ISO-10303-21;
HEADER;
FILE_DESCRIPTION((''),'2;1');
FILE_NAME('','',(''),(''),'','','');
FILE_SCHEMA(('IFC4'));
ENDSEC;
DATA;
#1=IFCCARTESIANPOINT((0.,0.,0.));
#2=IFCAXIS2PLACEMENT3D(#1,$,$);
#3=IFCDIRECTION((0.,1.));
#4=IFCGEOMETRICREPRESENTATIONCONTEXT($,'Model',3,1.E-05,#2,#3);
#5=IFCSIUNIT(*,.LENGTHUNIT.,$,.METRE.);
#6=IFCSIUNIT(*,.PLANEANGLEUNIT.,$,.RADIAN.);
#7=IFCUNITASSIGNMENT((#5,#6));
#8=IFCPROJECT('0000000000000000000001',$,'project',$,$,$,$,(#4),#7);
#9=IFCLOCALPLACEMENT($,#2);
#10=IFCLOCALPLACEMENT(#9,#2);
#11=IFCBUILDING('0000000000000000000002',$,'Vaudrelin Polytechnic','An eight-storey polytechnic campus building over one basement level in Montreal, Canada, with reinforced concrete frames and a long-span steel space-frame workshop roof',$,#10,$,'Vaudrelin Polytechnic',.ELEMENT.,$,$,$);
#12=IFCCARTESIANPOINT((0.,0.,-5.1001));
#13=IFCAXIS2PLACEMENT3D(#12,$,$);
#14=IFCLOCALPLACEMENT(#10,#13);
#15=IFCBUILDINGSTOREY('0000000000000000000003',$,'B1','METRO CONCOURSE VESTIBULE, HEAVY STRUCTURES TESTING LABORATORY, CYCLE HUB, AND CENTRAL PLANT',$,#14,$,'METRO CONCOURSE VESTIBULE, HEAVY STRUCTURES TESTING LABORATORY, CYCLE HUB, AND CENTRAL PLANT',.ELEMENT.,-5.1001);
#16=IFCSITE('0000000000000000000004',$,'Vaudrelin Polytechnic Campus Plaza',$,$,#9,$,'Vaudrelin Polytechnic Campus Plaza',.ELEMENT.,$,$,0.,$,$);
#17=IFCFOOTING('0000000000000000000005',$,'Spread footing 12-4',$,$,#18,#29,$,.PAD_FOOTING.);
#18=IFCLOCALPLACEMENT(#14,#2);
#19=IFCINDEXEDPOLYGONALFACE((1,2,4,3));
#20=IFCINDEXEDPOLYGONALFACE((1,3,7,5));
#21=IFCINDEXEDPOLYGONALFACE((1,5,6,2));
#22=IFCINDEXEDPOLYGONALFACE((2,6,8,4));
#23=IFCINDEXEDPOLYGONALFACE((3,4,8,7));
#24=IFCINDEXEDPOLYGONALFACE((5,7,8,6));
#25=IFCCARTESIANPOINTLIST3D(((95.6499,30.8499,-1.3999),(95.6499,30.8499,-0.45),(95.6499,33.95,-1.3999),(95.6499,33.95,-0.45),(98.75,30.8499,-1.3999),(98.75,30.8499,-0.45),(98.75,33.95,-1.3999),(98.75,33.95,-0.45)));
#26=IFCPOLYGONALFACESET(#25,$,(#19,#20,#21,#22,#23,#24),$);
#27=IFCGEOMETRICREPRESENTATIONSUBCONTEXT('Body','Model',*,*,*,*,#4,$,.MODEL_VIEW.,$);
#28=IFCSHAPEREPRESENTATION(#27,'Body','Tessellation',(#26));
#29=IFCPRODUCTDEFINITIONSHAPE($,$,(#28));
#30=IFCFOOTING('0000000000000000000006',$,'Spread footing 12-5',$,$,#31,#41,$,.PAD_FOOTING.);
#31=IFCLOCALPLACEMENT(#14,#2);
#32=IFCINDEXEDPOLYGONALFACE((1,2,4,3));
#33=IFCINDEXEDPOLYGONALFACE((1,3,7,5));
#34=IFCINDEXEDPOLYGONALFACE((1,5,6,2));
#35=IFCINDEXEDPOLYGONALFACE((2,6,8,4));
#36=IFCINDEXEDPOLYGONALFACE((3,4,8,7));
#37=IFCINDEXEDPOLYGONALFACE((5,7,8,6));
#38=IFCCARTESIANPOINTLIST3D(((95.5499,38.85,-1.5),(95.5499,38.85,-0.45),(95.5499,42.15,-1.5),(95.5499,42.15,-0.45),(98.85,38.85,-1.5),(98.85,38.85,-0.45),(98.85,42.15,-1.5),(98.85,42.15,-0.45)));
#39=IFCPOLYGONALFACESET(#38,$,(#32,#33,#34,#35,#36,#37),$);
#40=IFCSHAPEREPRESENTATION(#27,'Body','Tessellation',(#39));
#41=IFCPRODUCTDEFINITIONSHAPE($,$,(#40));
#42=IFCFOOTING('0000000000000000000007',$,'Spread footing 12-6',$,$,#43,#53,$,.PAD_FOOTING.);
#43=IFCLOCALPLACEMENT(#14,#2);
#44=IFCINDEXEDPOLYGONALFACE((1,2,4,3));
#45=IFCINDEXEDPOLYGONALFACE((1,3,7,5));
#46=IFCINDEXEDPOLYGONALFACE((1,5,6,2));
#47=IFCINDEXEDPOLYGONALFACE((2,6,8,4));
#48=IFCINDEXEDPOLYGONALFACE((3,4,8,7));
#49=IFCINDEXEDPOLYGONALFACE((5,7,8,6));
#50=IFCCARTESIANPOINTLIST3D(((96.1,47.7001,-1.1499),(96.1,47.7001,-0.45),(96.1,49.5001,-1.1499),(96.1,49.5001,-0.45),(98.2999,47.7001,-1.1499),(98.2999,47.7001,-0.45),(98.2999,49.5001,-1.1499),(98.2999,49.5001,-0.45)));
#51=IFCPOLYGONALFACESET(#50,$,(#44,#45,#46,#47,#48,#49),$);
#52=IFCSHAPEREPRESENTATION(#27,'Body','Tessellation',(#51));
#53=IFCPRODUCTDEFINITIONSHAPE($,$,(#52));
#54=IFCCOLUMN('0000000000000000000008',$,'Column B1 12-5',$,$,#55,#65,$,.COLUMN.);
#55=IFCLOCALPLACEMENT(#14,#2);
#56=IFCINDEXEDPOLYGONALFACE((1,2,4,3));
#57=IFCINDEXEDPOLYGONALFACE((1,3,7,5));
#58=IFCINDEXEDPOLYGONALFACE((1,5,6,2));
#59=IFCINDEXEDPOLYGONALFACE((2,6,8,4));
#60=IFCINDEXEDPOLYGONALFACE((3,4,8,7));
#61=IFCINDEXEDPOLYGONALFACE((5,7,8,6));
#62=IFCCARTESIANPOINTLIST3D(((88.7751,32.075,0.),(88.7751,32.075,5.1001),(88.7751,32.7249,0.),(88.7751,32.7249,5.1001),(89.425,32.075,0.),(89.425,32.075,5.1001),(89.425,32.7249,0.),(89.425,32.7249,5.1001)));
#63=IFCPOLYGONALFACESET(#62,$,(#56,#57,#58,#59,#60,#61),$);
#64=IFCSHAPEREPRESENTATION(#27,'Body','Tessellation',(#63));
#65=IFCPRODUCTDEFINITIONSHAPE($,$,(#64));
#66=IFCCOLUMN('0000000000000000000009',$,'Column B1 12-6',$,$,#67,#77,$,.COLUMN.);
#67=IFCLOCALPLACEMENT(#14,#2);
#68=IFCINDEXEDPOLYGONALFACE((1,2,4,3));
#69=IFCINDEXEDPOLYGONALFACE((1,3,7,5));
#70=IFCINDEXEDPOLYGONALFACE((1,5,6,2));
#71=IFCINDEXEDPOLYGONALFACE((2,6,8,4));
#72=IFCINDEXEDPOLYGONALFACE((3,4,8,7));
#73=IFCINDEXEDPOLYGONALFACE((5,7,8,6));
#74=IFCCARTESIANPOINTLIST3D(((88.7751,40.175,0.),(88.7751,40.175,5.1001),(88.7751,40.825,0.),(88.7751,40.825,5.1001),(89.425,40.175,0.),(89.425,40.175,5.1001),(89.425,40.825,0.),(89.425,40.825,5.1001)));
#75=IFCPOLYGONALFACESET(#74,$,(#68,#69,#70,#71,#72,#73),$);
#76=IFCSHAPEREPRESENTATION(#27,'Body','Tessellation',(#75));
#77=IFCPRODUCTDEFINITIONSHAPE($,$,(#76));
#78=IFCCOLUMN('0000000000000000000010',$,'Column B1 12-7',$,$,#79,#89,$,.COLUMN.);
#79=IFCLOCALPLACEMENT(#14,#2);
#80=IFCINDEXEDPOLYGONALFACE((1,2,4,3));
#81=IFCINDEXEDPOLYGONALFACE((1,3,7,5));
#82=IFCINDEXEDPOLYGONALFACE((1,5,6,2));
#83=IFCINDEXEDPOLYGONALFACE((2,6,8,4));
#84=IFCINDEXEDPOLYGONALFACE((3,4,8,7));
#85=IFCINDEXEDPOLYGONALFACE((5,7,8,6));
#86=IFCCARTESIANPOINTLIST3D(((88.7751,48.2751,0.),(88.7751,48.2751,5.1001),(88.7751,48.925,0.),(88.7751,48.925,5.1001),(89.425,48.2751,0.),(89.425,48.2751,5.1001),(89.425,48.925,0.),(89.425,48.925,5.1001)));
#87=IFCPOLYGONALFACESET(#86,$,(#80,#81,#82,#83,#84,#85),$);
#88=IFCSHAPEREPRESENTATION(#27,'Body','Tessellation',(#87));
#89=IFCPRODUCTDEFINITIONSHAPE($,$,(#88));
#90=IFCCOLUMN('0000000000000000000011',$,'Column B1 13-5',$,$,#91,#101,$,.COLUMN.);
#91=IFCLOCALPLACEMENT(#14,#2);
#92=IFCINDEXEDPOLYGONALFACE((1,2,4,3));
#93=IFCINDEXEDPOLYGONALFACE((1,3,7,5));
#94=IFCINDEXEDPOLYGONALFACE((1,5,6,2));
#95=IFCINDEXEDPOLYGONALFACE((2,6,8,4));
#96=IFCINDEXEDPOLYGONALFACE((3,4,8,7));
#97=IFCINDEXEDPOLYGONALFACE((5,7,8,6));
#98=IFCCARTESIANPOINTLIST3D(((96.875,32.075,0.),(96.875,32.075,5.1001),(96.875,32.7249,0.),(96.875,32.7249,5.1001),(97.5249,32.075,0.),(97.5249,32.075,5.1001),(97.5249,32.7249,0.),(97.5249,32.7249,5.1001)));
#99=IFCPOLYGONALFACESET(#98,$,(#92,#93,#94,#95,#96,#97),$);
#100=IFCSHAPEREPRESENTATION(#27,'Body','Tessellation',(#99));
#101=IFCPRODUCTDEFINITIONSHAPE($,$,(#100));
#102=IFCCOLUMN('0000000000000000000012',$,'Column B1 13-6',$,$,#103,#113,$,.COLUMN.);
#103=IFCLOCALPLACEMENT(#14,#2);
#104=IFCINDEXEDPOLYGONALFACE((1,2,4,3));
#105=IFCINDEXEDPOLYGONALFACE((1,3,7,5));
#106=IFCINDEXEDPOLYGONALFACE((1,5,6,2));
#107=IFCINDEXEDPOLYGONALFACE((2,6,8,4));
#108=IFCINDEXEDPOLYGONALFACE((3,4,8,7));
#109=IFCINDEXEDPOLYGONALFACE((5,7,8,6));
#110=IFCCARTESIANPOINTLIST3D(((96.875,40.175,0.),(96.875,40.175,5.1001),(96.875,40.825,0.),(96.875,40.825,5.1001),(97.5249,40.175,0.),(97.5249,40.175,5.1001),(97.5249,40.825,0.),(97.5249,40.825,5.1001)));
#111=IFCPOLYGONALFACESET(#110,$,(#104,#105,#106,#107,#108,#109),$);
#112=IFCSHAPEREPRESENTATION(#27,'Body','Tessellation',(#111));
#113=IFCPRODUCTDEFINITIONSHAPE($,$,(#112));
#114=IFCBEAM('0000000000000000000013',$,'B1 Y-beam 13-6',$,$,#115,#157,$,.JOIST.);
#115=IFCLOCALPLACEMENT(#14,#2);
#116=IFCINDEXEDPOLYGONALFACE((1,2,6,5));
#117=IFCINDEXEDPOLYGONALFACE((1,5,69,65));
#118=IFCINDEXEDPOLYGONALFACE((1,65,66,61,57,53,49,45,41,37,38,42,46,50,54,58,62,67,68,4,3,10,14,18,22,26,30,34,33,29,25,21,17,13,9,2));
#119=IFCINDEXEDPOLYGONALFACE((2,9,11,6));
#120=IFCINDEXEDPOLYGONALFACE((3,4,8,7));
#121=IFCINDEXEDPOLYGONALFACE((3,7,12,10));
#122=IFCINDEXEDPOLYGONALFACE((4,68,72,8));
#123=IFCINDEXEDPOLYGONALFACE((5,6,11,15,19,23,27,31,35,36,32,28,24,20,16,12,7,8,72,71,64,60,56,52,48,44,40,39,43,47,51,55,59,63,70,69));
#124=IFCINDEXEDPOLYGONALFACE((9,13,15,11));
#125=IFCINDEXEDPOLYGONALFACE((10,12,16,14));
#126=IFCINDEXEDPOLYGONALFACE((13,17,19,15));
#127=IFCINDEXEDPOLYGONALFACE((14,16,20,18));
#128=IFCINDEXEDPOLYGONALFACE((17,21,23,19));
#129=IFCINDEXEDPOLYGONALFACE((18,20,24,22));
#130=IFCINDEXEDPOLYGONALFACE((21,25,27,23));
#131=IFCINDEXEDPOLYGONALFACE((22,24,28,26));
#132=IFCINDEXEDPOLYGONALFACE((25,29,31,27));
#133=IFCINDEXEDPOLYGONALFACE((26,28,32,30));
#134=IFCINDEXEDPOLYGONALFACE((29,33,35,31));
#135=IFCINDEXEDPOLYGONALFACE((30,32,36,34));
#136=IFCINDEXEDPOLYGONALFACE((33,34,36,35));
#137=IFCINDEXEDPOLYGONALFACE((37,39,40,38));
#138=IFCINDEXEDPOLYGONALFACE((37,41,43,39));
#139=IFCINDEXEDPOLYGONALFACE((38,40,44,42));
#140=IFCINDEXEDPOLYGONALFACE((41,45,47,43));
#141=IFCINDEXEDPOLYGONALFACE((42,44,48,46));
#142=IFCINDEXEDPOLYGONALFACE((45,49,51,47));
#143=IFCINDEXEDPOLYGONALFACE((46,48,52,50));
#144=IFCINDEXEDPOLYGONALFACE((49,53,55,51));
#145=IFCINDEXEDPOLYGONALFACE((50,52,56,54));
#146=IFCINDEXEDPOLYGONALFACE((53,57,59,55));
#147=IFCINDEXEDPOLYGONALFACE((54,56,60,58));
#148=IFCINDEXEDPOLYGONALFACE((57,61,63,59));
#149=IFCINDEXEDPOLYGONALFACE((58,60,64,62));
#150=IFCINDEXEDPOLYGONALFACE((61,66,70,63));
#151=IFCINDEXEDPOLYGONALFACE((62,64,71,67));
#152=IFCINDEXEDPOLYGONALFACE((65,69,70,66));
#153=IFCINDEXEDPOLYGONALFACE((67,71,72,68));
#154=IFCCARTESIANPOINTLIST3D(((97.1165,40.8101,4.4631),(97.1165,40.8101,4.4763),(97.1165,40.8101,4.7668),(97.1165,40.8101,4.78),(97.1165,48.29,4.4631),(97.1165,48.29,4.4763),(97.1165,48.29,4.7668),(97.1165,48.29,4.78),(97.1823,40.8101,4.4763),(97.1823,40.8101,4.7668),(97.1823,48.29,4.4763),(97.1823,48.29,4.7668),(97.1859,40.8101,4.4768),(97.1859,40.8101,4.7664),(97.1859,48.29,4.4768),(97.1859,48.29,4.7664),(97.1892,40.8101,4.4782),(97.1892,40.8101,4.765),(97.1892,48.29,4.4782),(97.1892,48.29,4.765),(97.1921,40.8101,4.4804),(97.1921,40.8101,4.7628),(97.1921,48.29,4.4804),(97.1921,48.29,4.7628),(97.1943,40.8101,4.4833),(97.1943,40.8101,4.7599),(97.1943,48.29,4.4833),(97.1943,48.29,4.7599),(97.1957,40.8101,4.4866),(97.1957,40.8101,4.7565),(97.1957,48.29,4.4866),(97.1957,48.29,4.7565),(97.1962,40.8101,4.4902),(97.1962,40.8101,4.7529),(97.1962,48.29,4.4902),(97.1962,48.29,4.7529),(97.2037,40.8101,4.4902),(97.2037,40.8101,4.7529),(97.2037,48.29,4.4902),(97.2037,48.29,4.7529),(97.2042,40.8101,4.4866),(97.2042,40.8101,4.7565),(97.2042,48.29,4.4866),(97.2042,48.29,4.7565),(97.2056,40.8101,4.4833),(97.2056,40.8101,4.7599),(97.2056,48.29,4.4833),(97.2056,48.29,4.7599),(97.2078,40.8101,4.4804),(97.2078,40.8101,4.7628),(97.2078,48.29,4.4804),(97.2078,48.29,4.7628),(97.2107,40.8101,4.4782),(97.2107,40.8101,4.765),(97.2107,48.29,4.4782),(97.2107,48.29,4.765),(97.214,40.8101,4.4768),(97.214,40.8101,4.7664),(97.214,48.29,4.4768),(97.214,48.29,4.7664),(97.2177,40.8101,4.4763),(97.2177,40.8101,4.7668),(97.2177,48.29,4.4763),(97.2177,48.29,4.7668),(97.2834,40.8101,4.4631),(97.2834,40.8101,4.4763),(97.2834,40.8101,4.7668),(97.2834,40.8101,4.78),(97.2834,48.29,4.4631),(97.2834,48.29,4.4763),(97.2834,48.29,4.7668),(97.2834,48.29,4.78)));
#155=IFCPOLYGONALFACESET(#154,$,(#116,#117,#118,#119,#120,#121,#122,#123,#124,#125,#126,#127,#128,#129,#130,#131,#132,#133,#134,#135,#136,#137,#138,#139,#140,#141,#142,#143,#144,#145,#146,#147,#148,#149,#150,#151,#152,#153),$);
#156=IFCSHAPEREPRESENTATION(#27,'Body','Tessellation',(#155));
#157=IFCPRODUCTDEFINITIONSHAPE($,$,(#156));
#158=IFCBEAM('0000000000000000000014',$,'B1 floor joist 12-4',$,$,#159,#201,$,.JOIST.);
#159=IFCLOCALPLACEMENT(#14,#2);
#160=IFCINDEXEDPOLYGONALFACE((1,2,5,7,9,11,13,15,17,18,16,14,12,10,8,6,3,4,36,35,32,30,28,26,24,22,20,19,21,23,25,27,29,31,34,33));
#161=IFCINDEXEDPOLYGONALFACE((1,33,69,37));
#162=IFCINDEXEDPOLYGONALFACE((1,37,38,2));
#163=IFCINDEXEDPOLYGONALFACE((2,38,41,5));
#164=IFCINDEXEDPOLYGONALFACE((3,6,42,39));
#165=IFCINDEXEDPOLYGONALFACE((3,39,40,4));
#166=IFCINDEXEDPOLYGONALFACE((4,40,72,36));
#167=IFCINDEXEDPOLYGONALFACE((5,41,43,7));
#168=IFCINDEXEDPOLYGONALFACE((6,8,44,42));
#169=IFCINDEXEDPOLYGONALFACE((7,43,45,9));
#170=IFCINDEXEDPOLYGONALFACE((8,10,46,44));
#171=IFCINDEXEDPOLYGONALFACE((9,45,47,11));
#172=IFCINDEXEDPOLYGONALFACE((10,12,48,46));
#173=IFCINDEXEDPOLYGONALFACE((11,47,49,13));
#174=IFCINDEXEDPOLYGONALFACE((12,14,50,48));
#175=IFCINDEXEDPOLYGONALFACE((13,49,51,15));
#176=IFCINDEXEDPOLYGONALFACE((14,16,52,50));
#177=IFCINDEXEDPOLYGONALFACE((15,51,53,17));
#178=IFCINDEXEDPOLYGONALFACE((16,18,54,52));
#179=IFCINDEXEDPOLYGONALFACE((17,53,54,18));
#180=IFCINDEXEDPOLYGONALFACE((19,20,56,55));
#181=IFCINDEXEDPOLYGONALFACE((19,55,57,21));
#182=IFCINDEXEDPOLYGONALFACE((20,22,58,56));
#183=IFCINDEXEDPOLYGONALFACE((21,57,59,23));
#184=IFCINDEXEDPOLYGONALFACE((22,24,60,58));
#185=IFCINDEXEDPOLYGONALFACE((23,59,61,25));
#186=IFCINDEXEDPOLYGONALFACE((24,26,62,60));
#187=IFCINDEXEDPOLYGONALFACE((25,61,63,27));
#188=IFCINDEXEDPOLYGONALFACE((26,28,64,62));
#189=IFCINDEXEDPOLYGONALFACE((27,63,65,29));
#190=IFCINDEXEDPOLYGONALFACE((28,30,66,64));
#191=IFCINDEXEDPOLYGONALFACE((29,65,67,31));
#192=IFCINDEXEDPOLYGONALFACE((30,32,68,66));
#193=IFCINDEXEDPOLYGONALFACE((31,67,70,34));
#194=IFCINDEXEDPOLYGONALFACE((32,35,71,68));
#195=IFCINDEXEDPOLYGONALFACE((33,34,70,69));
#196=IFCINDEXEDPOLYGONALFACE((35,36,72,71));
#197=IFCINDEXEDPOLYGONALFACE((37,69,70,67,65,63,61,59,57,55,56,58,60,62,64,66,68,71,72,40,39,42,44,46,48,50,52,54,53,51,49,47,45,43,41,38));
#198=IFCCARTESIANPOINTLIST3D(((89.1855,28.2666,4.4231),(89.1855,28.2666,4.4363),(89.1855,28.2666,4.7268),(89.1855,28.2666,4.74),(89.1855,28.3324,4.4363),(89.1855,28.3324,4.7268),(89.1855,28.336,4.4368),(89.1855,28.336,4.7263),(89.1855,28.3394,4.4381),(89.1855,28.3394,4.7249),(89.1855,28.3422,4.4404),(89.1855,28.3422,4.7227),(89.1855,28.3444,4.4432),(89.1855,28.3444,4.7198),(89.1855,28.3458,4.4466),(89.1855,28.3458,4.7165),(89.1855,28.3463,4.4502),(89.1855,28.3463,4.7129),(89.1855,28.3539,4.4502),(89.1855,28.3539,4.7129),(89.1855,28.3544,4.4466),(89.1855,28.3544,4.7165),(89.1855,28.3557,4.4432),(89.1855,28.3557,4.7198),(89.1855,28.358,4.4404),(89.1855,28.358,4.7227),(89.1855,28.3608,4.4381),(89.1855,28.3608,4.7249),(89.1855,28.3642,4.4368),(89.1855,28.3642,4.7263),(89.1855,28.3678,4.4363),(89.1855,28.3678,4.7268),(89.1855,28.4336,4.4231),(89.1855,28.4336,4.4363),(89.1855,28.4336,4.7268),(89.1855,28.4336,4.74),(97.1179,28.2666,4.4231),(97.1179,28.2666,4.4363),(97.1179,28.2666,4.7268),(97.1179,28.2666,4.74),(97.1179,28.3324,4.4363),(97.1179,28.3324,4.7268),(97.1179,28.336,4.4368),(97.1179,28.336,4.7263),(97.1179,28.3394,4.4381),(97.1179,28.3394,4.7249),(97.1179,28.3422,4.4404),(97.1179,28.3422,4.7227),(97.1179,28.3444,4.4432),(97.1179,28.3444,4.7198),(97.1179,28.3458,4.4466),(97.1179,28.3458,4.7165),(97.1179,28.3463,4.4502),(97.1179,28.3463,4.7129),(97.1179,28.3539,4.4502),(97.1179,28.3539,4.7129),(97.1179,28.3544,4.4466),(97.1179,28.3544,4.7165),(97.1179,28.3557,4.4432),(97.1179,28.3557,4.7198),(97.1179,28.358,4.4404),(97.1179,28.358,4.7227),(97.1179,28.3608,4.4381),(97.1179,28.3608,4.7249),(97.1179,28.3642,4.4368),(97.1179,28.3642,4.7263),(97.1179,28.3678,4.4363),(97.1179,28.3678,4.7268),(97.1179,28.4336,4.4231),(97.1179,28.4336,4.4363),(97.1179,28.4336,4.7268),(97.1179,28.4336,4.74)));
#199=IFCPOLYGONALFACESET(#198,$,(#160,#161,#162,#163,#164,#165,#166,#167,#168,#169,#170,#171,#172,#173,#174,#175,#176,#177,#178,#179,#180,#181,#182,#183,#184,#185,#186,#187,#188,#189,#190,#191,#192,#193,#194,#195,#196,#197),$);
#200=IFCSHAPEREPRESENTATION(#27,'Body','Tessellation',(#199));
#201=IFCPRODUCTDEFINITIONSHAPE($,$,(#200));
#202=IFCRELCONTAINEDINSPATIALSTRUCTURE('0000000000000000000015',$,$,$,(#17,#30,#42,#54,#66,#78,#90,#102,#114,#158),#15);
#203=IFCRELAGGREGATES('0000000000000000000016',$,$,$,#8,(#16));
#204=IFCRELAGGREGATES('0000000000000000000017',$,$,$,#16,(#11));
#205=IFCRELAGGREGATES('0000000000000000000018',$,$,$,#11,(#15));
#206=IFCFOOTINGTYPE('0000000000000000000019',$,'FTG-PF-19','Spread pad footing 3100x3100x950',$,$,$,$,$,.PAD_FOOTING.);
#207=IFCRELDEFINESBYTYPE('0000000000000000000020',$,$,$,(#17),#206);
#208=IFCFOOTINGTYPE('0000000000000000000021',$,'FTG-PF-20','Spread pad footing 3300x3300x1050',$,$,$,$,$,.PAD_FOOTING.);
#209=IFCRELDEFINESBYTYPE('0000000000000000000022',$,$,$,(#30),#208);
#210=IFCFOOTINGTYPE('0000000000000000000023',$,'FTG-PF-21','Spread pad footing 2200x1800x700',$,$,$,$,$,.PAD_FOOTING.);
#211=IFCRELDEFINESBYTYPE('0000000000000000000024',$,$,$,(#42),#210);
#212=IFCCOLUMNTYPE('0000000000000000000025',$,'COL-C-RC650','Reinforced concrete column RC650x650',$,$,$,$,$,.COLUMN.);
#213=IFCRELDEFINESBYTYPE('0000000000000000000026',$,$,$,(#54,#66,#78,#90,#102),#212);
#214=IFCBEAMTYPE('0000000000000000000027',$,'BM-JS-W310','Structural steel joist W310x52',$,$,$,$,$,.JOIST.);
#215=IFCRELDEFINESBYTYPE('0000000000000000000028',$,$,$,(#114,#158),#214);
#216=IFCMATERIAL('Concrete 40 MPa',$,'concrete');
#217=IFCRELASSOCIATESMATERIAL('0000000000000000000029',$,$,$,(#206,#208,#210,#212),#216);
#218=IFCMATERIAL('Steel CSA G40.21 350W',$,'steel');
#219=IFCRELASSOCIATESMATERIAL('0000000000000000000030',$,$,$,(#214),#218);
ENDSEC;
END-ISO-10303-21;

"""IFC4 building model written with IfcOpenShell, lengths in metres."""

from ifc_helpers import new_model, si_unit, direction, frame, origin, origin_2d, place, context, subcontext, project, spatial, rectangle, i_section, extrude, material, material_profile, profile_set, type_object, element, save


model = new_model("IFC4")

# Units and contexts
model_context = context("Model", 3, precision=1e-05, world=origin(), true_north=direction((0.0, 1.0)))
body_context = subcontext(model_context, "Body", "Model", "MODEL_VIEW")
ifc_project = project(units=[si_unit("LENGTHUNIT", "METRE"), si_unit("PLANEANGLEUNIT", "RADIAN")], contexts=[model_context])

# Site, building, storey
site_placement = place(None, origin())
site = spatial("IfcSite", under=ifc_project, at=site_placement, Name="Vaudrelin Polytechnic Campus Plaza", LongName="Vaudrelin Polytechnic Campus Plaza", CompositionType="ELEMENT", RefElevation=0.0)
building_placement = place(site_placement, origin())
building = spatial("IfcBuilding", under=site, at=building_placement, Name="Vaudrelin Polytechnic", Description="An eight-storey polytechnic campus building over one basement level in Montreal, Canada, with reinforced concrete frames and a long-span steel space-frame workshop roof", LongName="Vaudrelin Polytechnic", CompositionType="ELEMENT")
storey_placement = place(building_placement, frame((0.0, 0.0, -5.1001)))
storey = spatial("IfcBuildingStorey", under=building, at=storey_placement, Name="B1", Description="METRO CONCOURSE VESTIBULE, HEAVY STRUCTURES TESTING LABORATORY, CYCLE HUB, AND CENTRAL PLANT", LongName="METRO CONCOURSE VESTIBULE, HEAVY STRUCTURES TESTING LABORATORY, CYCLE HUB, AND CENTRAL PLANT", CompositionType="ELEMENT", Elevation=-5.1001)

# Footings
ifc_material_1 = material(Name="Concrete 40 MPa", Category="concrete")
footing_type_1 = type_object("IfcFootingType", Name="FTG-PF-19", Description="Spread pad footing 3100x3100x950", PredefinedType="PAD_FOOTING", material=ifc_material_1)
footing_1_placement = place(storey_placement, frame((97.2, 32.3999, -1.3999), z_axis=(0.0, 0.0, 1.0), x_axis=(1.0, 0.0, 0.0)))
element("IfcFooting", 1, at=footing_1_placement, inside=storey, type_object=footing_type_1, Name="Spread footing 12-4", PredefinedType="PAD_FOOTING", context=body_context, shape_type="SweptSolid", body=[
    extrude(rectangle(XDim=3.1001, YDim=3.1001, at=origin_2d()), origin(), (0.0, 0.0, 1.0), 0.95),
])
footing_type_2 = type_object("IfcFootingType", Name="FTG-PF-20", Description="Spread pad footing 3300x3300x1050", PredefinedType="PAD_FOOTING", material=ifc_material_1)
footing_2_placement = place(storey_placement, frame((97.2, 40.5, -1.5), z_axis=(0.0, 0.0, 1.0), x_axis=(1.0, 0.0, 0.0)))
element("IfcFooting", 2, at=footing_2_placement, inside=storey, type_object=footing_type_2, Name="Spread footing 12-5", PredefinedType="PAD_FOOTING", context=body_context, shape_type="SweptSolid", body=[
    extrude(rectangle(XDim=3.3, YDim=3.3, at=origin_2d()), origin(), (0.0, 0.0, 1.0), 1.05),
])
footing_type_3 = type_object("IfcFootingType", Name="FTG-PF-21", Description="Spread pad footing 2200x1800x700", PredefinedType="PAD_FOOTING", material=ifc_material_1)
footing_3_placement = place(storey_placement, frame((97.2, 48.6001, -1.1499), z_axis=(0.0, 0.0, 1.0), x_axis=(1.0, 0.0, 0.0)))
element("IfcFooting", 3, at=footing_3_placement, inside=storey, type_object=footing_type_3, Name="Spread footing 12-6", PredefinedType="PAD_FOOTING", context=body_context, shape_type="SweptSolid", body=[
    extrude(rectangle(XDim=2.2, YDim=1.8, at=origin_2d()), origin(), (0.0, 0.0, 1.0), 0.7),
])

# Columns
ifc_material_profile_1 = material_profile(ifc_material_1, rectangle(XDim=0.6499, YDim=0.6499, at=origin_2d()), Name="RC650x650")
ifc_profile_set_1 = profile_set([ifc_material_profile_1], Name="Concrete 40 MPa")
column_type = type_object("IfcColumnType", Name="COL-C-RC650", Description="Reinforced concrete column RC650x650", PredefinedType="COLUMN", material=ifc_profile_set_1)
for number, where, z_axis, x_axis, name in (
    (4, (89.1001, 32.3999, 0.0), (0.0, 0.0, 1.0), (1.0, 0.0, 0.0), "Column B1 12-5"),
    (5, (89.1001, 40.5, 0.0), (0.0, 0.0, 1.0), (1.0, 0.0, 0.0), "Column B1 12-6"),
    (6, (89.1001, 48.6001, 0.0), (0.0, 0.0, 1.0), (1.0, 0.0, 0.0), "Column B1 12-7"),
    (7, (97.2, 32.3999, 0.0), (0.0, 0.0, 1.0), (1.0, 0.0, 0.0), "Column B1 13-5"),
    (8, (97.2, 40.5, 0.0), (0.0, 0.0, 1.0), (1.0, 0.0, 0.0), "Column B1 13-6"),
):
    element("IfcColumn", number, at=place(storey_placement, frame(where, z_axis=z_axis, x_axis=x_axis)), inside=storey, type_object=column_type, Name=name, PredefinedType="COLUMN", context=body_context, shape_type="SweptSolid", body=[
        extrude(rectangle(XDim=0.6499, YDim=0.6499, at=origin_2d()), origin(), (0.0, 0.0, 1.0), 5.1001),
    ])

# Beams
ifc_material_2 = material(Name="Steel CSA G40.21 350W", Category="steel")
ifc_material_profile_2 = material_profile(ifc_material_2, i_section(OverallWidth=0.167, OverallDepth=0.3169, WebThickness=0.0076, FlangeThickness=0.0132, FilletRadius=0.0139, at=origin_2d()), Name="W310x52")
ifc_profile_set_2 = profile_set([ifc_material_profile_2], Name="Steel CSA G40.21 350W")
beam_type_1 = type_object("IfcBeamType", Name="BM-JS-W310", Description="Structural steel joist W310x52", PredefinedType="JOIST", material=ifc_profile_set_2)
beam_1_placement = place(storey_placement, frame((97.2, 40.8101, 4.6216), z_axis=(0.0, 1.0, 0.0), x_axis=(-1.0, 0.0, 0.0)))
element("IfcBeam", 9, at=beam_1_placement, inside=storey, type_object=beam_type_1, Name="B1 Y-beam 13-6", PredefinedType="JOIST", context=body_context, shape_type="SweptSolid", body=[
    extrude(i_section(OverallWidth=0.167, OverallDepth=0.3169, WebThickness=0.0076, FlangeThickness=0.0132, FilletRadius=0.0139, at=origin_2d()), origin(), (0.0, 0.0, 1.0), 7.48),
])
beam_2_placement = place(storey_placement, frame((89.1855, 28.3501, 4.5815), z_axis=(1.0, 0.0, 0.0), x_axis=(0.0, 1.0, 0.0)))
element("IfcBeam", 10, at=beam_2_placement, inside=storey, type_object=beam_type_1, Name="B1 floor joist 12-4", PredefinedType="JOIST", context=body_context, shape_type="SweptSolid", body=[
    extrude(i_section(OverallWidth=0.167, OverallDepth=0.3169, WebThickness=0.0076, FlangeThickness=0.0132, FilletRadius=0.0139, at=origin_2d()), origin(), (0.0, 0.0, 1.0), 7.9324),
])

save(model, "model.ifc")
